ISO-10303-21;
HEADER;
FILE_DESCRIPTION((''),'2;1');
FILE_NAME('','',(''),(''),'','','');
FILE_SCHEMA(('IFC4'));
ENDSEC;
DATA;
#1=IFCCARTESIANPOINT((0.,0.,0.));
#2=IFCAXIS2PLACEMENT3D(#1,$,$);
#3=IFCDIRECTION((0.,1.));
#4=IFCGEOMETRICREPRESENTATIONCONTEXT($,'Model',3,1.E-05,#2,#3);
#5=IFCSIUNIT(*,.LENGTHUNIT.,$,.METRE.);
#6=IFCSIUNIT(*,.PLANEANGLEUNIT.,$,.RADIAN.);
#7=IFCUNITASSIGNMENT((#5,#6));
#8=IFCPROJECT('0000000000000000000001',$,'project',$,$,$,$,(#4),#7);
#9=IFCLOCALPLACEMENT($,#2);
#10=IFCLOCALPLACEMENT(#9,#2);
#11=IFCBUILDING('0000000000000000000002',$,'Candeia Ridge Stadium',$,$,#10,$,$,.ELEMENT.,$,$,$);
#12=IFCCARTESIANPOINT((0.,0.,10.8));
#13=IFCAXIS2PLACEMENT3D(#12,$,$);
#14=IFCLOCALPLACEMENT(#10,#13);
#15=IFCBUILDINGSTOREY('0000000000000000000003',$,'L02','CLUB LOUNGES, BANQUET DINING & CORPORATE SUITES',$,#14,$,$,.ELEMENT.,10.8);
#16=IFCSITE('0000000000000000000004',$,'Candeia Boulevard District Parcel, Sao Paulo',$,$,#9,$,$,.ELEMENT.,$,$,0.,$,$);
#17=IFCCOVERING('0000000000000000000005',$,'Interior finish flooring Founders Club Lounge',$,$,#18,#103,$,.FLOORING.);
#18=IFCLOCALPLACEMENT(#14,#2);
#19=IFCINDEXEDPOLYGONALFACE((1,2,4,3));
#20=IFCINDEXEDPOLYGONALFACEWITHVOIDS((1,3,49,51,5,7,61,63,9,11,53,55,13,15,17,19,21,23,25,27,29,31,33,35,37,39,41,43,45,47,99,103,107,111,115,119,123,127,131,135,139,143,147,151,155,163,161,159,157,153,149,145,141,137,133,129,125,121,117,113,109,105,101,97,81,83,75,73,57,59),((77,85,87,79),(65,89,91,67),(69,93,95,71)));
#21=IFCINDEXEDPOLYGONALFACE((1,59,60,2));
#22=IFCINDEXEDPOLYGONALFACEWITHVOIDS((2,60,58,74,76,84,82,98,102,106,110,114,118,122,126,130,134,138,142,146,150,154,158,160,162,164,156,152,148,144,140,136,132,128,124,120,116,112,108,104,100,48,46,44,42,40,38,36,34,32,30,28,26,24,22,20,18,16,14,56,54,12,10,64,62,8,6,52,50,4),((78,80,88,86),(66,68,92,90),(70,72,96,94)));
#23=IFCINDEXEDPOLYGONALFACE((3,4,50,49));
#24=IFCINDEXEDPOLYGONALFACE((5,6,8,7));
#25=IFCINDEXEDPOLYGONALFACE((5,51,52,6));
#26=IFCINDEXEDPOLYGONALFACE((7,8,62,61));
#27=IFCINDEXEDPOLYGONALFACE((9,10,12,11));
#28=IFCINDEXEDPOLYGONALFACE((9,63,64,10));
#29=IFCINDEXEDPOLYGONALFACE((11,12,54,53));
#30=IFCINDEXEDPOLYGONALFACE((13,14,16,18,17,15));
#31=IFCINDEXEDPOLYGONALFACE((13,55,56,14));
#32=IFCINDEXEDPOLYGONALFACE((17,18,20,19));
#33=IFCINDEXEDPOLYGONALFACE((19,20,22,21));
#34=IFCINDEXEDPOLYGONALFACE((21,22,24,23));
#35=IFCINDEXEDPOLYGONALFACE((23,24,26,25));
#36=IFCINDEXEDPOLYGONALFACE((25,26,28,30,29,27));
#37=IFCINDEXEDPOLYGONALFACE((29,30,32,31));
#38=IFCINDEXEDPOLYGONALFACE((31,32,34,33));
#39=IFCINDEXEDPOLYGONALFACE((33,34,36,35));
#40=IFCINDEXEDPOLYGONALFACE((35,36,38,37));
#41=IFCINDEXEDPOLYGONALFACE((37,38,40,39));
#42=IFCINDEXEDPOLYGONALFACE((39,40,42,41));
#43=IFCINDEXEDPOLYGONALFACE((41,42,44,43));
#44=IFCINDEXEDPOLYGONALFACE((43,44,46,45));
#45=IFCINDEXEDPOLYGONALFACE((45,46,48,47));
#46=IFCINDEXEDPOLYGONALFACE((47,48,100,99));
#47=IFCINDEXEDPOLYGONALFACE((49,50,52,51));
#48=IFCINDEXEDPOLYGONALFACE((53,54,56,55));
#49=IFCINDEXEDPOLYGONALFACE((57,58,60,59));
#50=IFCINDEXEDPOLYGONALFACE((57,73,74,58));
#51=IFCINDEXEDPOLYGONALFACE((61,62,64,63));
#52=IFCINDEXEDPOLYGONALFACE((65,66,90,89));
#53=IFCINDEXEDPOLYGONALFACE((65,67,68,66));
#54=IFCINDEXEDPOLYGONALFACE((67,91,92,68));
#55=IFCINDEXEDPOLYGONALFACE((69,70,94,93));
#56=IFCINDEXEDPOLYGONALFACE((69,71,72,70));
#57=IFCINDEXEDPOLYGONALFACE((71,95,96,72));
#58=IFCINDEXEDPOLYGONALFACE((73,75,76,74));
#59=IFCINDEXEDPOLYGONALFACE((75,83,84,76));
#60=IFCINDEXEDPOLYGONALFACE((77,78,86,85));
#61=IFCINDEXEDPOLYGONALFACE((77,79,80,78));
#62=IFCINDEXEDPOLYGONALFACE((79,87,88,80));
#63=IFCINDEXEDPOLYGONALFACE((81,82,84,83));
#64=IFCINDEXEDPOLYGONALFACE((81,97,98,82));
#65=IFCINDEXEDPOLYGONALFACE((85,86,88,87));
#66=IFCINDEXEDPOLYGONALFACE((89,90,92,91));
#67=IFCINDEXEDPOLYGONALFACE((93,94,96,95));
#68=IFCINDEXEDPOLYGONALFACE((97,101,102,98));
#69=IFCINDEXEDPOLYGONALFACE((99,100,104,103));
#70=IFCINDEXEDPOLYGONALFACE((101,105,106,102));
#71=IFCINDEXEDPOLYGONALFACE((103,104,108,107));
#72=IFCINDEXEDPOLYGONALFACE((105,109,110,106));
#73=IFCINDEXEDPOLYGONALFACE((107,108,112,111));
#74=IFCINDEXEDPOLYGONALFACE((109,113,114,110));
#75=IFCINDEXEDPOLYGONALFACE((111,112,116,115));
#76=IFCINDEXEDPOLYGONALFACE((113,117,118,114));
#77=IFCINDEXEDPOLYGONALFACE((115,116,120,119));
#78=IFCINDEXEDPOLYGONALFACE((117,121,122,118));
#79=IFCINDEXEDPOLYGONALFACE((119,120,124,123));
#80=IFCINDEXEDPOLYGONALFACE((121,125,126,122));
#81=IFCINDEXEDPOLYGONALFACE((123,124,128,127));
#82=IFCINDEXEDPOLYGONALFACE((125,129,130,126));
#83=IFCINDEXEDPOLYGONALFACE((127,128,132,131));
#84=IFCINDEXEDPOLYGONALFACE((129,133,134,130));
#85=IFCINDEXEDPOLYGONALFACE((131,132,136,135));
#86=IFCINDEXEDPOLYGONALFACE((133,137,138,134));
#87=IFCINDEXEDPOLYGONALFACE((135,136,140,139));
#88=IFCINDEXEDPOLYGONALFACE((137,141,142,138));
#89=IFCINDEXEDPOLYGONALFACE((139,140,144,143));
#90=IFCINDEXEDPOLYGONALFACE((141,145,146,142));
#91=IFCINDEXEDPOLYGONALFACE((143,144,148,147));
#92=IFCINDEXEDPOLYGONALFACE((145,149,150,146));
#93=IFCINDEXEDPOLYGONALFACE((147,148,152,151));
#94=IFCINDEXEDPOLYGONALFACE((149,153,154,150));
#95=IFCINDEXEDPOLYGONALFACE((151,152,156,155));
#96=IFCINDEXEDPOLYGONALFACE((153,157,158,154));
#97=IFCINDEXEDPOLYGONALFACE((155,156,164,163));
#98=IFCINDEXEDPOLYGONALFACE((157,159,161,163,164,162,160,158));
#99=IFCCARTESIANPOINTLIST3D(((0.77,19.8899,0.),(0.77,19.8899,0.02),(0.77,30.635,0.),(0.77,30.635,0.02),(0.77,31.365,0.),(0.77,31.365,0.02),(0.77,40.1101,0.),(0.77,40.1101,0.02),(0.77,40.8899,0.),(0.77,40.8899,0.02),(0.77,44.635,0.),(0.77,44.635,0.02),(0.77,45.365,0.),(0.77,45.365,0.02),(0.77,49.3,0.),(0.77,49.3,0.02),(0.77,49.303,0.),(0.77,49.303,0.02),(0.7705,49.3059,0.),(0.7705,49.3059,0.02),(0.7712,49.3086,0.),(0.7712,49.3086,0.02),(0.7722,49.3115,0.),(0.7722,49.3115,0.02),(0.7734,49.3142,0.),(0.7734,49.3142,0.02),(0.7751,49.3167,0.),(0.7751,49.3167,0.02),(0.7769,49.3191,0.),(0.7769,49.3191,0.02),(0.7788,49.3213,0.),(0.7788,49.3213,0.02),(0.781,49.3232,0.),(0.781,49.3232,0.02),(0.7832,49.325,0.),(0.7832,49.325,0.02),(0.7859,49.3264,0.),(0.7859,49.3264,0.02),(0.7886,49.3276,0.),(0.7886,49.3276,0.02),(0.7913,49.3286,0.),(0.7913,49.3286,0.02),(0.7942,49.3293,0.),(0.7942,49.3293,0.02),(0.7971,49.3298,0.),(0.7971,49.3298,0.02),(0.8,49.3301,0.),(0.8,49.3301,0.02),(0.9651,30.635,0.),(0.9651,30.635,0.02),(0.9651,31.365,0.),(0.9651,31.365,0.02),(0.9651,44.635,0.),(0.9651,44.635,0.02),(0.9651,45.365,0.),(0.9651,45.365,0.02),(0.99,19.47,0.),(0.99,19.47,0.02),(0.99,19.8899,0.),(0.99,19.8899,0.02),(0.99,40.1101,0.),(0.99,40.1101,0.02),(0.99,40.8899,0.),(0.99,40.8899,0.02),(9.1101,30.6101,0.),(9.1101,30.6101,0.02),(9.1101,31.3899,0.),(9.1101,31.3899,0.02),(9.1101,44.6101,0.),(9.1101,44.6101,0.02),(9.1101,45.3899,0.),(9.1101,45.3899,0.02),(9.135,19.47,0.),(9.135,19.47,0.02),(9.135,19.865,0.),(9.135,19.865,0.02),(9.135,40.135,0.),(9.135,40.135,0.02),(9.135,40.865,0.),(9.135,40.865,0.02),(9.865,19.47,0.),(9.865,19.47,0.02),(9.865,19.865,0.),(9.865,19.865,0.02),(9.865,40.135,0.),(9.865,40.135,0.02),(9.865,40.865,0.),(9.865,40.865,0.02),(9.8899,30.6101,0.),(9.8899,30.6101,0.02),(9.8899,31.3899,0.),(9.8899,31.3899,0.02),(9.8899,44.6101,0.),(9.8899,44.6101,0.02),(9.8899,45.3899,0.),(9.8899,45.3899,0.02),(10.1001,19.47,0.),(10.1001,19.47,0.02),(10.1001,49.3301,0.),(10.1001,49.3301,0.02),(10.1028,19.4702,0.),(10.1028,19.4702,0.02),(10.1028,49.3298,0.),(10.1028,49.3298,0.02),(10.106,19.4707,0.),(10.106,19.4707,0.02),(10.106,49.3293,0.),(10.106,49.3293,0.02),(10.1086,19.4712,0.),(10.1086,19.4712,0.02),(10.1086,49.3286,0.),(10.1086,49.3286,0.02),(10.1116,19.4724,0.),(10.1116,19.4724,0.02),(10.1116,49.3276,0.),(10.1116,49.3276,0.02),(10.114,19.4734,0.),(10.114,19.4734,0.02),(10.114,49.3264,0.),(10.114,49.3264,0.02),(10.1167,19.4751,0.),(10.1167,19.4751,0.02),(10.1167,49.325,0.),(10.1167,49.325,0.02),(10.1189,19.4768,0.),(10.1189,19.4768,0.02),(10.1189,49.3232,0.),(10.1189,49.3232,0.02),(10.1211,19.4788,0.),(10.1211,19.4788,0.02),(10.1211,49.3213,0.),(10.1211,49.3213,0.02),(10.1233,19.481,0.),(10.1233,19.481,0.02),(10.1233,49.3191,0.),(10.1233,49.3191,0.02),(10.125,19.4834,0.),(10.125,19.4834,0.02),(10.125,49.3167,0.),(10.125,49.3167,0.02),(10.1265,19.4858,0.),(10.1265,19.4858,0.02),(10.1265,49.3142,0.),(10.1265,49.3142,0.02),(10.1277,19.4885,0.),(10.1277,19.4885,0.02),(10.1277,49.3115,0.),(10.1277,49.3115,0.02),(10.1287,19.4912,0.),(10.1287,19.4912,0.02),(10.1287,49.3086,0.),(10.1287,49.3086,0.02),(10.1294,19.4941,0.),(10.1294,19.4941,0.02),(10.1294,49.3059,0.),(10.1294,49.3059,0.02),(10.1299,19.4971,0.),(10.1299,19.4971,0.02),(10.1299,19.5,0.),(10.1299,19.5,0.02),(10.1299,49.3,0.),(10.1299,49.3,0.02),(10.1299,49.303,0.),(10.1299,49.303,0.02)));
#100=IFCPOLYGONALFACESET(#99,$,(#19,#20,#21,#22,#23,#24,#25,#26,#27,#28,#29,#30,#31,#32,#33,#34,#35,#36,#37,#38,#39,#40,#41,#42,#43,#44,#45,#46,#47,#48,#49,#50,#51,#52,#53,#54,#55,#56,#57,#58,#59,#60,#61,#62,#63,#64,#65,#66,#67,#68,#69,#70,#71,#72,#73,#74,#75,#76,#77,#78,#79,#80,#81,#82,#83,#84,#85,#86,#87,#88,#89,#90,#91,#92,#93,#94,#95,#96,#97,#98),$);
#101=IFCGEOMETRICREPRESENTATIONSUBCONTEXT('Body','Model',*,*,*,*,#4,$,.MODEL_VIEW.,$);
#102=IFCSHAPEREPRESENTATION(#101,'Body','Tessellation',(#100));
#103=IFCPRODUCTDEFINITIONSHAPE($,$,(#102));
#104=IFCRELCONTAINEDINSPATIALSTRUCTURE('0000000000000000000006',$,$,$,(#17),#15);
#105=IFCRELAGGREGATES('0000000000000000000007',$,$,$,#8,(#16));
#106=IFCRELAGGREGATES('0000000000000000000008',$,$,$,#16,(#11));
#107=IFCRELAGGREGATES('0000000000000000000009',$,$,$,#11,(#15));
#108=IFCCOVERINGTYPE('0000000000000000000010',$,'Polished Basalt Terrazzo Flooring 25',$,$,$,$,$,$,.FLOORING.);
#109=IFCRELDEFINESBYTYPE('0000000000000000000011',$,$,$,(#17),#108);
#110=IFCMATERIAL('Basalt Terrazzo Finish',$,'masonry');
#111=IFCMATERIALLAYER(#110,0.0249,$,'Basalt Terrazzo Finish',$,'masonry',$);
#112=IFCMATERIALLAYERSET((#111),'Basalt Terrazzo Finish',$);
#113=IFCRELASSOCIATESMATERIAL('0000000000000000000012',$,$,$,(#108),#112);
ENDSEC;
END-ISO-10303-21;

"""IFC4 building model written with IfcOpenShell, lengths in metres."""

from ifc_helpers import new_model, si_unit, direction, frame, origin, place, context, subcontext, project, spatial, polyline, outline, extrude, material, layer, layer_set, type_object, element, save


model = new_model("IFC4")

# Units and contexts
model_context = context("Model", 3, precision=1e-05, world=origin(), true_north=direction((0.0, 1.0)))
body_context = subcontext(model_context, "Body", "Model", "MODEL_VIEW")
ifc_project = project(units=[si_unit("LENGTHUNIT", "METRE"), si_unit("PLANEANGLEUNIT", "RADIAN")], contexts=[model_context])

# Site, building, storey
site_placement = place(None, origin())
site = spatial("IfcSite", under=ifc_project, at=site_placement, Name="Candeia Boulevard District Parcel, Sao Paulo", CompositionType="ELEMENT", RefElevation=0.0)
building_placement = place(site_placement, origin())
building = spatial("IfcBuilding", under=site, at=building_placement, Name="Candeia Ridge Stadium", CompositionType="ELEMENT")
storey_placement = place(building_placement, frame((0.0, 0.0, 10.8)))
storey = spatial("IfcBuildingStorey", under=building, at=storey_placement, Name="L02", Description="CLUB LOUNGES, BANQUET DINING & CORPORATE SUITES", CompositionType="ELEMENT", Elevation=10.8)

# Covering
ifc_material_1 = material(Name="Basalt Terrazzo Finish", Category="masonry")
ifc_layer_1 = layer(ifc_material_1, 0.0249, Name="Basalt Terrazzo Finish", Category="masonry")
ifc_layer_set_1 = layer_set([ifc_layer_1], Name="Basalt Terrazzo Finish")
covering_type_1 = type_object("IfcCoveringType", Name="Polished Basalt Terrazzo Flooring 25", PredefinedType="FLOORING", material=ifc_layer_set_1)
covering_1_placement = place(storey_placement, origin())
element("IfcCovering", 1, at=covering_1_placement, inside=storey, type_object=covering_type_1, Name="Interior finish flooring Founders Club Lounge", PredefinedType="FLOORING", context=body_context, shape_type="SweptSolid", body=[
    extrude(outline(polyline([(0.9651, 30.635), (0.9651, 31.365), (0.77, 31.365), (0.77, 40.1101), (0.99, 40.1101), (0.99, 40.8899), (0.77, 40.8899), (0.77, 44.635), (0.9651, 44.635), (0.9651, 45.365), (0.77, 45.365), (0.77, 49.3), (0.77, 49.303), (0.7705, 49.3059), (0.7712, 49.3086), (0.7722, 49.3115), (0.7734, 49.3142), (0.7751, 49.3167), (0.7769, 49.3191), (0.7788, 49.3213), (0.781, 49.3232), (0.7832, 49.325), (0.7859, 49.3264), (0.7886, 49.3276), (0.7913, 49.3286), (0.7942, 49.3293), (0.7971, 49.3298), (0.8, 49.3301), (10.1001, 49.3301), (10.1028, 49.3298), (10.106, 49.3293), (10.1086, 49.3286), (10.1116, 49.3276), (10.114, 49.3264), (10.1167, 49.325), (10.1189, 49.3232), (10.1211, 49.3213), (10.1233, 49.3191), (10.125, 49.3167), (10.1265, 49.3142), (10.1277, 49.3115), (10.1287, 49.3086), (10.1294, 49.3059), (10.1299, 49.303), (10.1299, 49.3), (10.1299, 19.5), (10.1299, 19.4971), (10.1294, 19.4941), (10.1287, 19.4912), (10.1277, 19.4885), (10.1265, 19.4858), (10.125, 19.4834), (10.1233, 19.481), (10.1211, 19.4788), (10.1189, 19.4768), (10.1167, 19.4751), (10.114, 19.4734), (10.1116, 19.4724), (10.1086, 19.4712), (10.106, 19.4707), (10.1028, 19.4702), (10.1001, 19.47), (9.865, 19.47), (9.865, 19.865), (9.135, 19.865), (9.135, 19.47), (0.99, 19.47), (0.99, 19.8899), (0.77, 19.8899), (0.77, 30.635), (0.9651, 30.635)]), holes=[polyline([(9.1101, 31.3899), (9.1101, 30.6101), (9.8899, 30.6101), (9.8899, 31.3899), (9.1101, 31.3899)]), polyline([(9.135, 40.865), (9.135, 40.135), (9.865, 40.135), (9.865, 40.865), (9.135, 40.865)]), polyline([(9.8899, 45.3899), (9.1101, 45.3899), (9.1101, 44.6101), (9.8899, 44.6101), (9.8899, 45.3899)])]), origin(), (0.0, 0.0, 1.0), 0.02),
])

save(model, "model.ifc")
